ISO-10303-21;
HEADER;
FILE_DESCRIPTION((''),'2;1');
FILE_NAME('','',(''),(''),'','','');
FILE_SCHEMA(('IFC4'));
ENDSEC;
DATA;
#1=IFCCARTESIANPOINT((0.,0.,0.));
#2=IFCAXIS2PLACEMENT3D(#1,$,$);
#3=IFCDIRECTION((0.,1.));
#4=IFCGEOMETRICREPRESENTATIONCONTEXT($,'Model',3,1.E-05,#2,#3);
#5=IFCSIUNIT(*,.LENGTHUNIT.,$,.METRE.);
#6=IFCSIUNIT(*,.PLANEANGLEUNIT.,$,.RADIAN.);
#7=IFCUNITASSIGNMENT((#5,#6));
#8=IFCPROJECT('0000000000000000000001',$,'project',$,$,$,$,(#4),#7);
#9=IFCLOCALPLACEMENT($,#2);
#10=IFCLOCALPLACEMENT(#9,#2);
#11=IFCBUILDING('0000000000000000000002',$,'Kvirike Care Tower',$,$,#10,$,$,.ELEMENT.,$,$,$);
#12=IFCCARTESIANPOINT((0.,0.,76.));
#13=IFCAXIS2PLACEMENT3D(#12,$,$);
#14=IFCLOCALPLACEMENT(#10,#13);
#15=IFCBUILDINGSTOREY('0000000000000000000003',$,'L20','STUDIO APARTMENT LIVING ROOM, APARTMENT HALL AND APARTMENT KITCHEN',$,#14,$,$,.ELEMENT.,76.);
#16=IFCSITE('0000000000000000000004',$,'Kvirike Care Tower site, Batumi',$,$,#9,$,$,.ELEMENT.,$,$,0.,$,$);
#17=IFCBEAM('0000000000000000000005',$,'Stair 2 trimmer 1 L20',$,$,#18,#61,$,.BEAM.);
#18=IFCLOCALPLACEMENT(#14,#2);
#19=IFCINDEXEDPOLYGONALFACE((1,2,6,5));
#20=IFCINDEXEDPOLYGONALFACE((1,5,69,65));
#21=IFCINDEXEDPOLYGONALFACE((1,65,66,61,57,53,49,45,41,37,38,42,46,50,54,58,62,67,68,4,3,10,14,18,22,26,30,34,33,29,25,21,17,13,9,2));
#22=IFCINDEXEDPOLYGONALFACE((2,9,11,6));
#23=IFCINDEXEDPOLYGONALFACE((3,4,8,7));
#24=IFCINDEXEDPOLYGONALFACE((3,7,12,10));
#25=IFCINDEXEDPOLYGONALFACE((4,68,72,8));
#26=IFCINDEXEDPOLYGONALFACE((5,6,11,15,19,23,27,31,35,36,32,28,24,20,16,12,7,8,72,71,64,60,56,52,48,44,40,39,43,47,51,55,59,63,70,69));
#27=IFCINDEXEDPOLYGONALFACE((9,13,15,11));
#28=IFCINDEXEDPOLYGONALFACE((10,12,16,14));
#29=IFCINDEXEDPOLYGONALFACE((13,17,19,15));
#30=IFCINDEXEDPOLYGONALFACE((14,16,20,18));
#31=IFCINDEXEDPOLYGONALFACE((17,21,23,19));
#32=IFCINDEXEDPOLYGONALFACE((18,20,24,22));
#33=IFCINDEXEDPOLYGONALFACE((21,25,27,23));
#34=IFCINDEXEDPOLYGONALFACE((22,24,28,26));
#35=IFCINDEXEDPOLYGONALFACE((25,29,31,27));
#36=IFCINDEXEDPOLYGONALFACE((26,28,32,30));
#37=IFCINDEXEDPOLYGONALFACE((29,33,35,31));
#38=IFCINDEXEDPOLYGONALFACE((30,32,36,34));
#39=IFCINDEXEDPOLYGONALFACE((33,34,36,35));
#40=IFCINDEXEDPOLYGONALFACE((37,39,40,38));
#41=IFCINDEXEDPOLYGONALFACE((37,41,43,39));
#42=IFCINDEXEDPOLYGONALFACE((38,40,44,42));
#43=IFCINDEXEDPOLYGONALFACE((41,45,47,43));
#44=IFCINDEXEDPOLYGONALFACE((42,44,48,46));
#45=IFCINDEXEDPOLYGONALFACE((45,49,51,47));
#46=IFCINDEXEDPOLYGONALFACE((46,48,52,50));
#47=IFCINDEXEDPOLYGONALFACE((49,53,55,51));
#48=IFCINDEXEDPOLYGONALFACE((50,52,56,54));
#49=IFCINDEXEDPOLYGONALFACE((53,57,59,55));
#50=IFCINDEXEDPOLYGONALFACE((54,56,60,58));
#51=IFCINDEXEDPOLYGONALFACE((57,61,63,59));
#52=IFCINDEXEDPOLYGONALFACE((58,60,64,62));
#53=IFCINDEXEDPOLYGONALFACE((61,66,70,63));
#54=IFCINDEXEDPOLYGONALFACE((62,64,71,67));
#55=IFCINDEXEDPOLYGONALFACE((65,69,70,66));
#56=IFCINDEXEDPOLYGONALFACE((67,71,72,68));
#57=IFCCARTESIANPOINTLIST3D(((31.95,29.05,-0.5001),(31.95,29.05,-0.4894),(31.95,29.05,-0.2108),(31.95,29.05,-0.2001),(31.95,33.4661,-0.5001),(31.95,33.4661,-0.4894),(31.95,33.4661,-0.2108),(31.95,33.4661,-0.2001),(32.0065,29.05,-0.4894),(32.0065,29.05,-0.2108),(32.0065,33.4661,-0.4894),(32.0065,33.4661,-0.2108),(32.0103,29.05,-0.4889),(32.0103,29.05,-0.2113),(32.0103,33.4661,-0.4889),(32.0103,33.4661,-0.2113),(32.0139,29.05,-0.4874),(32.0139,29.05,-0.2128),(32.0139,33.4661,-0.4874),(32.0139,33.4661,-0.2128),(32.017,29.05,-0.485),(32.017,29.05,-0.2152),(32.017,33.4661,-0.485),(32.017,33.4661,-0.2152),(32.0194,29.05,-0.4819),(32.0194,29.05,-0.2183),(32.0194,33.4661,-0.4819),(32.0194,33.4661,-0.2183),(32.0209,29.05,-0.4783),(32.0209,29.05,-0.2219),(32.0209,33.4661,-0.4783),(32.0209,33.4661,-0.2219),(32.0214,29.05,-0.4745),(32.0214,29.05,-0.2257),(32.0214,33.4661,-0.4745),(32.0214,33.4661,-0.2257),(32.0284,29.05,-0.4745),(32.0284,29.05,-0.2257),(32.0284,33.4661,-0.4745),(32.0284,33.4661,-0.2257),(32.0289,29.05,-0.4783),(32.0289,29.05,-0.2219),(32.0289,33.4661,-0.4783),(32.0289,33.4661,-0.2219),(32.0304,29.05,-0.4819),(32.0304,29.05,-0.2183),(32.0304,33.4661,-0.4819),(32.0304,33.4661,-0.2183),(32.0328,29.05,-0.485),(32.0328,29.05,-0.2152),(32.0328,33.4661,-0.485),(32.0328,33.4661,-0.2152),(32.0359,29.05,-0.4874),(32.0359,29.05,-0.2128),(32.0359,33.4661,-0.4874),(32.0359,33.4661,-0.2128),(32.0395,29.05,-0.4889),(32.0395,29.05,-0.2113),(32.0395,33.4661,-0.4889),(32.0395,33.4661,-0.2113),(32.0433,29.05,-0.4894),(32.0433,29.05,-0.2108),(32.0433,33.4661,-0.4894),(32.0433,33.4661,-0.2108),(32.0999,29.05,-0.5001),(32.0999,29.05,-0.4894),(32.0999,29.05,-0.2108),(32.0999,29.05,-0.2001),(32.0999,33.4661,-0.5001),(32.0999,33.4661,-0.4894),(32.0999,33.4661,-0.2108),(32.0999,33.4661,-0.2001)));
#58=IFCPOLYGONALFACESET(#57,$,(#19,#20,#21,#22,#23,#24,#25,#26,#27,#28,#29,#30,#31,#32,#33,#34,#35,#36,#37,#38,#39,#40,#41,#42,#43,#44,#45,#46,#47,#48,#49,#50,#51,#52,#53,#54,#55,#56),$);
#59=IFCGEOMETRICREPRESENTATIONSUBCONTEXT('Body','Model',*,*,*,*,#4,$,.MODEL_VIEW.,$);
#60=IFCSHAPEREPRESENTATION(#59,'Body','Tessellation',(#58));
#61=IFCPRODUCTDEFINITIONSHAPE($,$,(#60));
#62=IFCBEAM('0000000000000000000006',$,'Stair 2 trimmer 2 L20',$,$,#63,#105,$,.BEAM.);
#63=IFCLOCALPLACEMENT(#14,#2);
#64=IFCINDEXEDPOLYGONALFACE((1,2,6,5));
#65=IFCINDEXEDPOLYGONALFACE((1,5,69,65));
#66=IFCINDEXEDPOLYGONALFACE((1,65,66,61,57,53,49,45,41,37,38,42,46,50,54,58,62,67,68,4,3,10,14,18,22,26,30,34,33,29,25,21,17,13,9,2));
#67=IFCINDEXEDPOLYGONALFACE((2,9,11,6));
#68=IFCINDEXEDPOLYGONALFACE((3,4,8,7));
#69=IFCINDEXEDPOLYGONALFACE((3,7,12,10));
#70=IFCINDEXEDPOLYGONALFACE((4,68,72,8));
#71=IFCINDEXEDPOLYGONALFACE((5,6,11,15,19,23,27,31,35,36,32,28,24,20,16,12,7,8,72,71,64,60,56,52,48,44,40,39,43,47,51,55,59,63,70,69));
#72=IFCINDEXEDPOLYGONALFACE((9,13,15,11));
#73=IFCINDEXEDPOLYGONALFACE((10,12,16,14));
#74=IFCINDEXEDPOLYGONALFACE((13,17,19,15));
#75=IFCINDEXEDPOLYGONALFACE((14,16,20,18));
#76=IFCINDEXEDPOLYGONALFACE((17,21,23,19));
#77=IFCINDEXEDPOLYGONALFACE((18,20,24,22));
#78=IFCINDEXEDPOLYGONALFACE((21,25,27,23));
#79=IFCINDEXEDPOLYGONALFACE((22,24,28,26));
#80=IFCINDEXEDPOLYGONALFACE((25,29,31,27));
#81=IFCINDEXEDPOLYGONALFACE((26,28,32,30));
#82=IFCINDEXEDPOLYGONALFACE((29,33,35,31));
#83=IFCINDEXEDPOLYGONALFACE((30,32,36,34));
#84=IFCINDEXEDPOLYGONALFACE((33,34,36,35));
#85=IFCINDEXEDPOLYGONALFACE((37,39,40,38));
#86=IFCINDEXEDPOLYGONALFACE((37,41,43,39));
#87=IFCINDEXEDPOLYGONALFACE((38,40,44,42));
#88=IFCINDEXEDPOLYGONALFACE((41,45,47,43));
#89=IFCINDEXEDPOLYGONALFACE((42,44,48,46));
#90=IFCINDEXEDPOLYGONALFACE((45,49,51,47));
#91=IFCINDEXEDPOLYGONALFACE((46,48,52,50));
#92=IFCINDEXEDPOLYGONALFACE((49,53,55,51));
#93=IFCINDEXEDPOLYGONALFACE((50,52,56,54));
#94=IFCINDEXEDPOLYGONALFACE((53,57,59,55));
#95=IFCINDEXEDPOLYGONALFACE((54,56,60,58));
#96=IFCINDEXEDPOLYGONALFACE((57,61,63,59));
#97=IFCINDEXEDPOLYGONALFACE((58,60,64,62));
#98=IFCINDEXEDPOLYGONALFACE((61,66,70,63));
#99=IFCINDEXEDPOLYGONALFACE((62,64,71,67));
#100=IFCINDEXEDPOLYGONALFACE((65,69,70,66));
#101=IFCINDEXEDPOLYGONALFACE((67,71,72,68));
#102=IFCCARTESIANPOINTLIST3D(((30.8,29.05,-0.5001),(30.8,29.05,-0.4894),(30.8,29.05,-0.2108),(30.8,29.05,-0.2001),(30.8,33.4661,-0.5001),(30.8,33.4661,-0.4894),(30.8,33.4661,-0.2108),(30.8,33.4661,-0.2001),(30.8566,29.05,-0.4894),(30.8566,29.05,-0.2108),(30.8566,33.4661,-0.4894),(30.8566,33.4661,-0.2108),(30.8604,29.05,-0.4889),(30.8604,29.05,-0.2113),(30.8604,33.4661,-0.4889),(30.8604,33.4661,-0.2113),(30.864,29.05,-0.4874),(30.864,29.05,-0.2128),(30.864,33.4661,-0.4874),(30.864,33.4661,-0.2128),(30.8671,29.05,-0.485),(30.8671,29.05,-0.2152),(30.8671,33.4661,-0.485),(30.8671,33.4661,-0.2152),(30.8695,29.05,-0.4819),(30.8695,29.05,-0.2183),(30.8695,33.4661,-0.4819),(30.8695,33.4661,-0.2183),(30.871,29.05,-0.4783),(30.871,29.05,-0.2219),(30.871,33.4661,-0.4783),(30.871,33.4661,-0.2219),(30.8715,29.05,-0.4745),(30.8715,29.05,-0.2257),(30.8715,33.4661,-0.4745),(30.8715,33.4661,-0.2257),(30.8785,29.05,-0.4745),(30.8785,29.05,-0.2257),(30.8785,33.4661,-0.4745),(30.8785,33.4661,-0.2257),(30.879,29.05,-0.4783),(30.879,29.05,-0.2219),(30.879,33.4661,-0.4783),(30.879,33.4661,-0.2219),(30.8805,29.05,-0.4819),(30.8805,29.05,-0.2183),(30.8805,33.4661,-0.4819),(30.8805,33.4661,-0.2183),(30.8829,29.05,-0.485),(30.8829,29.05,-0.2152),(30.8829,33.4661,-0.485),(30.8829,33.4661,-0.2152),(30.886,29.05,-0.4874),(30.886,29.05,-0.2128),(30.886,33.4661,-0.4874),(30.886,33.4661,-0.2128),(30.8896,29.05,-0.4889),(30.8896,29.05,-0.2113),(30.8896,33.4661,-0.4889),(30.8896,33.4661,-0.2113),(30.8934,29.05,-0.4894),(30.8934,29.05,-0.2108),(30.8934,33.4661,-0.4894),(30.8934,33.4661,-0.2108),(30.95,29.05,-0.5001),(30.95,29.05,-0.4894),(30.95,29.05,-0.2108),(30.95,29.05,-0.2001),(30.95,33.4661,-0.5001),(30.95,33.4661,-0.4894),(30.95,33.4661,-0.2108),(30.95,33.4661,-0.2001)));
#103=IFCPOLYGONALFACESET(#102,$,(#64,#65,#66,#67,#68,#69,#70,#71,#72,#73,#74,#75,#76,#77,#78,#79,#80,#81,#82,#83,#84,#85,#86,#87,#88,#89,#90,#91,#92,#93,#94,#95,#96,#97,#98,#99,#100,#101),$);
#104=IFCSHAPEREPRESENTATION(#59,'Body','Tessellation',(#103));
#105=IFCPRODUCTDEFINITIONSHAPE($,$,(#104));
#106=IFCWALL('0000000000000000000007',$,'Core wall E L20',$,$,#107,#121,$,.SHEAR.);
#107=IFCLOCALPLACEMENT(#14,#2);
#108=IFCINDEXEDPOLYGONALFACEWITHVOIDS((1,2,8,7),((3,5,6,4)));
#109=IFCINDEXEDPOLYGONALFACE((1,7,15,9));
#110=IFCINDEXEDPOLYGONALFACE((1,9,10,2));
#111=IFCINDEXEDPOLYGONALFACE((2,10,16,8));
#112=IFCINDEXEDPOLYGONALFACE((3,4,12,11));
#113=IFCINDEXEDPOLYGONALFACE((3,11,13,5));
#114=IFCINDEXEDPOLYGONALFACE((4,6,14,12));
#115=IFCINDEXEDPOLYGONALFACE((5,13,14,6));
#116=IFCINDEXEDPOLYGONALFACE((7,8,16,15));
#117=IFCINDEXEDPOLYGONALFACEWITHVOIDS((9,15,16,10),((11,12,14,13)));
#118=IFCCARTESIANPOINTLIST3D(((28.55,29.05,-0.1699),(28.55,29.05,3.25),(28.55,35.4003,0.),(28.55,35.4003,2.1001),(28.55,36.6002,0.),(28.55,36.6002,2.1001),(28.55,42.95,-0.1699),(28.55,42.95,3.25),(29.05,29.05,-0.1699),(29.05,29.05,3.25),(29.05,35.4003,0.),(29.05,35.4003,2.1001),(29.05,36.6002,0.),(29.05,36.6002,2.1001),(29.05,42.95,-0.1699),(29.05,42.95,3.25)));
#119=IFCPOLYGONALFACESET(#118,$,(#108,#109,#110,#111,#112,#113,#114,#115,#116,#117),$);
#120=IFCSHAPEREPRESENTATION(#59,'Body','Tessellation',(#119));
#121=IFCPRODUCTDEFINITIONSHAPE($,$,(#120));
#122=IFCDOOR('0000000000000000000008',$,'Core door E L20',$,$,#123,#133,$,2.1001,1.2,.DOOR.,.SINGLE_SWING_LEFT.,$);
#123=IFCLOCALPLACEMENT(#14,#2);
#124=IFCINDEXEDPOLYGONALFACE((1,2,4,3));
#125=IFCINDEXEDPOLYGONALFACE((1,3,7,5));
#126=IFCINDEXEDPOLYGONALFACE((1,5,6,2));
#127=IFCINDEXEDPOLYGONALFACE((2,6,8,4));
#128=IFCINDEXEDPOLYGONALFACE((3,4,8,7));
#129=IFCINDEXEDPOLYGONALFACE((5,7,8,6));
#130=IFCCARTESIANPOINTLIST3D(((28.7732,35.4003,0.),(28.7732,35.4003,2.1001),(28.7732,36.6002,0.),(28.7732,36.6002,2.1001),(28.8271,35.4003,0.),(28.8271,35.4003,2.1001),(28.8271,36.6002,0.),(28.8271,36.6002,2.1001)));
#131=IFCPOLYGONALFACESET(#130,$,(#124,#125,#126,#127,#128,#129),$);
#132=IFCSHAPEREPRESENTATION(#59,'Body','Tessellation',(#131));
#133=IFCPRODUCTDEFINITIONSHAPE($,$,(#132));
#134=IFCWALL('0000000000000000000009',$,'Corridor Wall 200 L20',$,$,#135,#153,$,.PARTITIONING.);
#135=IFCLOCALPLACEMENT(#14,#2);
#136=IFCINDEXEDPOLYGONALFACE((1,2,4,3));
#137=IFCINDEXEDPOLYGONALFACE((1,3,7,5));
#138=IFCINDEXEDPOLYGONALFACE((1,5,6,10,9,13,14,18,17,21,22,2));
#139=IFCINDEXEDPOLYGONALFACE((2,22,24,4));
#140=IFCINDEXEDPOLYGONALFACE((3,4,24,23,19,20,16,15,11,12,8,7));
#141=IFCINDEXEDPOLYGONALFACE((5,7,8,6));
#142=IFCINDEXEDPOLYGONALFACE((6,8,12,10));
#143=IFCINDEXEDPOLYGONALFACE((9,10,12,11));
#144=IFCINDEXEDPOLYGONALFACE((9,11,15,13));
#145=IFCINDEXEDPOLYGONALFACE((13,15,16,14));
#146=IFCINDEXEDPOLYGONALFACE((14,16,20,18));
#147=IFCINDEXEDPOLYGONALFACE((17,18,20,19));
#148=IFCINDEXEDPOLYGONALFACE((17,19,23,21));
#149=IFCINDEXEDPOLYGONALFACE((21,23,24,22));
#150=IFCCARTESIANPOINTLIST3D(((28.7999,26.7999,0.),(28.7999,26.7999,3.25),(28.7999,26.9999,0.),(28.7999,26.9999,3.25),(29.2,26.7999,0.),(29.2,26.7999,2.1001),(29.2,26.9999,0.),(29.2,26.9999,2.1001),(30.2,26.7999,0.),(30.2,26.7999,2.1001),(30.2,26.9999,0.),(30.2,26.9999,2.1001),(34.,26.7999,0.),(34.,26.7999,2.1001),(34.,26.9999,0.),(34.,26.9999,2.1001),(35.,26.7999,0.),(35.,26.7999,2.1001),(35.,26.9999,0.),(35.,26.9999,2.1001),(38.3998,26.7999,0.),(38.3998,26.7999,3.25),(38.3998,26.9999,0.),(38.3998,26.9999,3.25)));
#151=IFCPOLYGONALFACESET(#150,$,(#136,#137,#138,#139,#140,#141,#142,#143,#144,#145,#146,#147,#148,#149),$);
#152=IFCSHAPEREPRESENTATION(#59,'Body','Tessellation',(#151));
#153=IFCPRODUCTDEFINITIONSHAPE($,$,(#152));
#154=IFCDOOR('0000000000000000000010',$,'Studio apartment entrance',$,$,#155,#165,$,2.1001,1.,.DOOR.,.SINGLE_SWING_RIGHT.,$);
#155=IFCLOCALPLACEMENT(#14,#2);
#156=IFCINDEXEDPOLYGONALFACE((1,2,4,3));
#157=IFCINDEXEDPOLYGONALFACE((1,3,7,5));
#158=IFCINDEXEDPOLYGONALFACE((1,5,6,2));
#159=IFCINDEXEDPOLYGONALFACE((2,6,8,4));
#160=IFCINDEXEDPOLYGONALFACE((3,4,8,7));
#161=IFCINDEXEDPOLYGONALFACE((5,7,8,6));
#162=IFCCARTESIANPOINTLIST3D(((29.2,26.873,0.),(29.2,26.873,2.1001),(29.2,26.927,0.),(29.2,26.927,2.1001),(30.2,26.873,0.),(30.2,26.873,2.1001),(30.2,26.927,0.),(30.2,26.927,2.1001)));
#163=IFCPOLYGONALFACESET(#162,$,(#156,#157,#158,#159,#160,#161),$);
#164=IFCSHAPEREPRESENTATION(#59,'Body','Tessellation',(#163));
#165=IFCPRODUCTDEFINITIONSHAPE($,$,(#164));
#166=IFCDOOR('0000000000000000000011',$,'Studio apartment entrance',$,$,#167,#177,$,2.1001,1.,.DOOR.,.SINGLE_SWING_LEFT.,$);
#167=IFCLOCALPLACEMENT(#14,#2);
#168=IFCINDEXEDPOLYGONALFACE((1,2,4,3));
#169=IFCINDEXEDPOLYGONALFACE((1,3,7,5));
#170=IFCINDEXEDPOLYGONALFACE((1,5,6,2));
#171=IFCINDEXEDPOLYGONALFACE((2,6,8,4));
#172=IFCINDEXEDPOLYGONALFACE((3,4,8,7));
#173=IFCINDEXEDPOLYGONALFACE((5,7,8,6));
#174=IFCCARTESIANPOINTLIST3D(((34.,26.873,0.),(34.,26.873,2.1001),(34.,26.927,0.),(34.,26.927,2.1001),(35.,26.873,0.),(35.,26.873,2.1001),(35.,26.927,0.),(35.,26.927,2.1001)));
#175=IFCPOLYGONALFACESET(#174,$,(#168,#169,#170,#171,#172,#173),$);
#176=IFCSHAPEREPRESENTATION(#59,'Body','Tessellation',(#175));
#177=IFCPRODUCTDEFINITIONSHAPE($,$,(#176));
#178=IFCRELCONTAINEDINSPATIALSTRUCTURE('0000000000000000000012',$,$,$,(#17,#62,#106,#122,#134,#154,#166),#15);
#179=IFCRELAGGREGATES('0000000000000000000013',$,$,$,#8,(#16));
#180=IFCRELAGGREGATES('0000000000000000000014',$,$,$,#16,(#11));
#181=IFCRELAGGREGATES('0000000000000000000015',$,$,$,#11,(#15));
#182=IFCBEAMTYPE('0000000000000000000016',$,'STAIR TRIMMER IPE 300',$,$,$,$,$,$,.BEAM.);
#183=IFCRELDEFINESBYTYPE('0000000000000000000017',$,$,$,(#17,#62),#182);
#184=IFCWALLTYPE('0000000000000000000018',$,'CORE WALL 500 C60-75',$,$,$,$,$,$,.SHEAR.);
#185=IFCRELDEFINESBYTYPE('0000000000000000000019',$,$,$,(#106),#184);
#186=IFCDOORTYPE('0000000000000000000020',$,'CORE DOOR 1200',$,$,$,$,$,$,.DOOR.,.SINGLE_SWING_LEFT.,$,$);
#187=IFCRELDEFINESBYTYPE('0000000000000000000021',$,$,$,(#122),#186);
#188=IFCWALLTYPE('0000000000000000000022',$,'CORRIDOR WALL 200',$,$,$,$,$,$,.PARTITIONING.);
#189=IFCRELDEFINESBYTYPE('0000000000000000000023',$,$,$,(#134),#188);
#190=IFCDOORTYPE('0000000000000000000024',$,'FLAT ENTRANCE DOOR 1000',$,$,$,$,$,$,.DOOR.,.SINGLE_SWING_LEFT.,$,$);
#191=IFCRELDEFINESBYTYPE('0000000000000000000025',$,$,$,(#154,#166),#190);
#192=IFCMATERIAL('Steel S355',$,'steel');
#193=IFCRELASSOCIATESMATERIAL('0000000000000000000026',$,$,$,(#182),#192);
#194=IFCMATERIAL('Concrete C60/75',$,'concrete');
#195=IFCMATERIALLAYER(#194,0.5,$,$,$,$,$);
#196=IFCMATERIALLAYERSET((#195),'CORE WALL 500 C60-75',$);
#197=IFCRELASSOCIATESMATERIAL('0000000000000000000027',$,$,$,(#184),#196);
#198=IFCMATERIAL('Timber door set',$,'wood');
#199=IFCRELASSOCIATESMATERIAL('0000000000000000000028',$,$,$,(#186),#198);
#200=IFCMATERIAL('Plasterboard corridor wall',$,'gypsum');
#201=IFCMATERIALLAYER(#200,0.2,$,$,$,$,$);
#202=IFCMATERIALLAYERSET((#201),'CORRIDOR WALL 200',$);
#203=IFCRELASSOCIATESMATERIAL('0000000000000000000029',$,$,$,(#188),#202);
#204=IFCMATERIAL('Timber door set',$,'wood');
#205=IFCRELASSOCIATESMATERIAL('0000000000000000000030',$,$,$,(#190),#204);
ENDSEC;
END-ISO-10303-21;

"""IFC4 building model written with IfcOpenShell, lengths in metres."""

from ifc_helpers import new_model, si_unit, direction, frame, frame_2d, origin, origin_2d, place, context, subcontext, project, spatial, rectangle, i_section, extrude, material, layer, layer_set, material_profile, profile_set, type_object, element, fill, save


model = new_model("IFC4")

# Units and contexts
model_context = context("Model", 3, precision=1e-05, world=origin(), true_north=direction((0.0, 1.0)))
body_context = subcontext(model_context, "Body", "Model", "MODEL_VIEW")
ifc_project = project(units=[si_unit("LENGTHUNIT", "METRE"), si_unit("PLANEANGLEUNIT", "RADIAN")], contexts=[model_context])

# Site, building, storey
site_placement = place(None, origin())
site = spatial("IfcSite", under=ifc_project, at=site_placement, Name="Kvirike Care Tower site, Batumi", CompositionType="ELEMENT", RefElevation=0.0)
building_placement = place(site_placement, origin())
building = spatial("IfcBuilding", under=site, at=building_placement, Name="Kvirike Care Tower", CompositionType="ELEMENT")
storey_placement = place(building_placement, frame((0.0, 0.0, 76.0)))
storey = spatial("IfcBuildingStorey", under=building, at=storey_placement, Name="L20", Description="STUDIO APARTMENT LIVING ROOM, APARTMENT HALL AND APARTMENT KITCHEN", CompositionType="ELEMENT", Elevation=76.0)

# Beams
ifc_material_1 = material(Name="Steel S355", Category="steel")
ifc_material_profile_1 = material_profile(ifc_material_1, i_section(OverallWidth=0.1499, OverallDepth=0.3, WebThickness=0.0071, FlangeThickness=0.0107, FilletRadius=0.0149, at=origin_2d()), Name="IPE 300")
ifc_profile_set_1 = profile_set([ifc_material_profile_1], Name="Steel S355")
beam_type_1 = type_object("IfcBeamType", Name="STAIR TRIMMER IPE 300", PredefinedType="BEAM", material=ifc_profile_set_1)
for number, where, z_axis, x_axis, name in (
    (1, (32.0249, 29.05, -0.3501), (0.0, 1.0, 0.0), (-1.0, 0.0, 0.0), "Stair 2 trimmer 1 L20"),
    (2, (30.875, 29.05, -0.3501), (0.0, 1.0, 0.0), (-1.0, 0.0, 0.0), "Stair 2 trimmer 2 L20"),
):
    element("IfcBeam", number, at=place(storey_placement, frame(where, z_axis=z_axis, x_axis=x_axis)), inside=storey, type_object=beam_type_1, Name=name, PredefinedType="BEAM", context=body_context, shape_type="SweptSolid", body=[
        extrude(i_section(OverallWidth=0.1499, OverallDepth=0.3, WebThickness=0.0071, FlangeThickness=0.0107, FilletRadius=0.0149, at=origin_2d()), origin(), (0.0, 0.0, 1.0), 4.416),
    ])

# Wall, opening, door
ifc_material_2 = material(Name="Concrete C60/75", Category="concrete")
ifc_layer_1 = layer(ifc_material_2, 0.5)
ifc_layer_set_1 = layer_set([ifc_layer_1], Name="CORE WALL 500 C60-75")
wall_type_1 = type_object("IfcWallType", Name="CORE WALL 500 C60-75", PredefinedType="SHEAR", material=ifc_layer_set_1)
wall_1_placement = place(storey_placement, frame((28.8, 29.05, -0.1699), z_axis=(0.0, 0.0, 1.0), x_axis=(0.0, 1.0, 0.0)))
wall_1 = element("IfcWall", 3, at=wall_1_placement, inside=storey, type_object=wall_type_1, Name="Core wall E L20", PredefinedType="SHEAR", context=body_context, shape_type="SweptSolid", body=[
    extrude(rectangle(XDim=13.8999, YDim=0.5, at=frame_2d((6.95, 0.0))), origin(), (0.0, 0.0, 1.0), 3.4199),
])
opening_1_placement = place(wall_1_placement, frame((6.3501, 0.0, 0.1699)))
opening_1 = element("IfcOpeningElement", 4, at=opening_1_placement, cuts=wall_1, PredefinedType="OPENING", context=body_context, shape_type="SweptSolid", body=[
    extrude(rectangle(XDim=1.2, YDim=2.1001, at=frame_2d((0.6001, 1.05))), frame((0.0, 0.2605, 0.0), z_axis=(0.0, -1.0, 0.0), x_axis=(1.0, 0.0, 0.0)), (0.0, 0.0, 1.0), 0.521),
])
ifc_material_3 = material(Name="Timber door set", Category="wood")
door_type_1 = type_object("IfcDoorType", Name="CORE DOOR 1200", OperationType="SINGLE_SWING_LEFT", PredefinedType="DOOR", material=ifc_material_3)
door_1_placement = place(opening_1_placement, origin())
door_1 = element("IfcDoor", 5, at=door_1_placement, inside=storey, type_object=door_type_1, Name="Core door E L20", OperationType="SINGLE_SWING_LEFT", OverallHeight=2.1001, OverallWidth=1.2, PredefinedType="DOOR", context=body_context, shape_type="SweptSolid", body=[
    extrude(rectangle(XDim=1.2, YDim=2.1001, at=frame_2d((0.6001, 1.05))), frame((0.0, 0.0269, 0.0), z_axis=(0.0, -1.0, 0.0), x_axis=(1.0, 0.0, 0.0)), (0.0, 0.0, 1.0), 0.054),
])
fill(opening_1, door_1)

# Wall, openings, doors
ifc_material_4 = material(Name="Plasterboard corridor wall", Category="gypsum")
ifc_layer_2 = layer(ifc_material_4, 0.2)
ifc_layer_set_2 = layer_set([ifc_layer_2], Name="CORRIDOR WALL 200")
wall_type_2 = type_object("IfcWallType", Name="CORRIDOR WALL 200", PredefinedType="PARTITIONING", material=ifc_layer_set_2)
wall_2_placement = place(storey_placement, frame((28.8, 26.8999, 0.0), z_axis=(0.0, 0.0, 1.0), x_axis=(1.0, 0.0, 0.0)))
wall_2 = element("IfcWall", 6, at=wall_2_placement, inside=storey, type_object=wall_type_2, Name="Corridor Wall 200 L20", PredefinedType="PARTITIONING", context=body_context, shape_type="SweptSolid", body=[
    extrude(rectangle(XDim=9.5999, YDim=0.2, at=frame_2d((4.7998, 0.0))), origin(), (0.0, 0.0, 1.0), 3.25),
])
opening_2_placement = place(wall_2_placement, frame((0.3999, 0.0, 0.0)))
opening_2 = element("IfcOpeningElement", 7, at=opening_2_placement, cuts=wall_2, PredefinedType="OPENING", context=body_context, shape_type="SweptSolid", body=[
    extrude(rectangle(XDim=1.0, YDim=2.1001, at=frame_2d((0.5, 1.05))), frame((0.0, 0.1106, 0.0), z_axis=(0.0, -1.0, 0.0), x_axis=(1.0, 0.0, 0.0)), (0.0, 0.0, 1.0), 0.2209),
])
opening_3_placement = place(wall_2_placement, frame((5.2, 0.0, 0.0)))
opening_3 = element("IfcOpeningElement", 8, at=opening_3_placement, cuts=wall_2, PredefinedType="OPENING", context=body_context, shape_type="SweptSolid", body=[
    extrude(rectangle(XDim=1.0, YDim=2.1001, at=frame_2d((0.5, 1.05))), frame((0.0, 0.1106, 0.0), z_axis=(0.0, -1.0, 0.0), x_axis=(1.0, 0.0, 0.0)), (0.0, 0.0, 1.0), 0.2209),
])
ifc_material_5 = material(Name="Timber door set", Category="wood")
door_type_2 = type_object("IfcDoorType", Name="FLAT ENTRANCE DOOR 1000", OperationType="SINGLE_SWING_LEFT", PredefinedType="DOOR", material=ifc_material_5)
door_2_placement = place(opening_2_placement, frame((1.0, 0.0, 0.0), z_axis=(0.0, 0.0, 1.0), x_axis=(-1.0, 0.0, 0.0)))
door_2 = element("IfcDoor", 9, at=door_2_placement, inside=storey, type_object=door_type_2, Name="Studio apartment entrance", OperationType="SINGLE_SWING_RIGHT", OverallHeight=2.1001, OverallWidth=1.0, PredefinedType="DOOR", context=body_context, shape_type="SweptSolid", body=[
    extrude(rectangle(XDim=1.0, YDim=2.1001, at=frame_2d((0.5, 1.05))), frame((0.0, 0.0269, 0.0), z_axis=(0.0, -1.0, 0.0), x_axis=(1.0, 0.0, 0.0)), (0.0, 0.0, 1.0), 0.054),
])
fill(opening_2, door_2)
door_3_placement = place(opening_3_placement, frame((1.0, 0.0, 0.0), z_axis=(0.0, 0.0, 1.0), x_axis=(-1.0, 0.0, 0.0)))
door_3 = element("IfcDoor", 10, at=door_3_placement, inside=storey, type_object=door_type_2, Name="Studio apartment entrance", OperationType="SINGLE_SWING_LEFT", OverallHeight=2.1001, OverallWidth=1.0, PredefinedType="DOOR", context=body_context, shape_type="SweptSolid", body=[
    extrude(rectangle(XDim=1.0, YDim=2.1001, at=frame_2d((0.5, 1.05))), frame((0.0, 0.0269, 0.0), z_axis=(0.0, -1.0, 0.0), x_axis=(1.0, 0.0, 0.0)), (0.0, 0.0, 1.0), 0.054),
])
fill(opening_3, door_3)

save(model, "model.ifc")
